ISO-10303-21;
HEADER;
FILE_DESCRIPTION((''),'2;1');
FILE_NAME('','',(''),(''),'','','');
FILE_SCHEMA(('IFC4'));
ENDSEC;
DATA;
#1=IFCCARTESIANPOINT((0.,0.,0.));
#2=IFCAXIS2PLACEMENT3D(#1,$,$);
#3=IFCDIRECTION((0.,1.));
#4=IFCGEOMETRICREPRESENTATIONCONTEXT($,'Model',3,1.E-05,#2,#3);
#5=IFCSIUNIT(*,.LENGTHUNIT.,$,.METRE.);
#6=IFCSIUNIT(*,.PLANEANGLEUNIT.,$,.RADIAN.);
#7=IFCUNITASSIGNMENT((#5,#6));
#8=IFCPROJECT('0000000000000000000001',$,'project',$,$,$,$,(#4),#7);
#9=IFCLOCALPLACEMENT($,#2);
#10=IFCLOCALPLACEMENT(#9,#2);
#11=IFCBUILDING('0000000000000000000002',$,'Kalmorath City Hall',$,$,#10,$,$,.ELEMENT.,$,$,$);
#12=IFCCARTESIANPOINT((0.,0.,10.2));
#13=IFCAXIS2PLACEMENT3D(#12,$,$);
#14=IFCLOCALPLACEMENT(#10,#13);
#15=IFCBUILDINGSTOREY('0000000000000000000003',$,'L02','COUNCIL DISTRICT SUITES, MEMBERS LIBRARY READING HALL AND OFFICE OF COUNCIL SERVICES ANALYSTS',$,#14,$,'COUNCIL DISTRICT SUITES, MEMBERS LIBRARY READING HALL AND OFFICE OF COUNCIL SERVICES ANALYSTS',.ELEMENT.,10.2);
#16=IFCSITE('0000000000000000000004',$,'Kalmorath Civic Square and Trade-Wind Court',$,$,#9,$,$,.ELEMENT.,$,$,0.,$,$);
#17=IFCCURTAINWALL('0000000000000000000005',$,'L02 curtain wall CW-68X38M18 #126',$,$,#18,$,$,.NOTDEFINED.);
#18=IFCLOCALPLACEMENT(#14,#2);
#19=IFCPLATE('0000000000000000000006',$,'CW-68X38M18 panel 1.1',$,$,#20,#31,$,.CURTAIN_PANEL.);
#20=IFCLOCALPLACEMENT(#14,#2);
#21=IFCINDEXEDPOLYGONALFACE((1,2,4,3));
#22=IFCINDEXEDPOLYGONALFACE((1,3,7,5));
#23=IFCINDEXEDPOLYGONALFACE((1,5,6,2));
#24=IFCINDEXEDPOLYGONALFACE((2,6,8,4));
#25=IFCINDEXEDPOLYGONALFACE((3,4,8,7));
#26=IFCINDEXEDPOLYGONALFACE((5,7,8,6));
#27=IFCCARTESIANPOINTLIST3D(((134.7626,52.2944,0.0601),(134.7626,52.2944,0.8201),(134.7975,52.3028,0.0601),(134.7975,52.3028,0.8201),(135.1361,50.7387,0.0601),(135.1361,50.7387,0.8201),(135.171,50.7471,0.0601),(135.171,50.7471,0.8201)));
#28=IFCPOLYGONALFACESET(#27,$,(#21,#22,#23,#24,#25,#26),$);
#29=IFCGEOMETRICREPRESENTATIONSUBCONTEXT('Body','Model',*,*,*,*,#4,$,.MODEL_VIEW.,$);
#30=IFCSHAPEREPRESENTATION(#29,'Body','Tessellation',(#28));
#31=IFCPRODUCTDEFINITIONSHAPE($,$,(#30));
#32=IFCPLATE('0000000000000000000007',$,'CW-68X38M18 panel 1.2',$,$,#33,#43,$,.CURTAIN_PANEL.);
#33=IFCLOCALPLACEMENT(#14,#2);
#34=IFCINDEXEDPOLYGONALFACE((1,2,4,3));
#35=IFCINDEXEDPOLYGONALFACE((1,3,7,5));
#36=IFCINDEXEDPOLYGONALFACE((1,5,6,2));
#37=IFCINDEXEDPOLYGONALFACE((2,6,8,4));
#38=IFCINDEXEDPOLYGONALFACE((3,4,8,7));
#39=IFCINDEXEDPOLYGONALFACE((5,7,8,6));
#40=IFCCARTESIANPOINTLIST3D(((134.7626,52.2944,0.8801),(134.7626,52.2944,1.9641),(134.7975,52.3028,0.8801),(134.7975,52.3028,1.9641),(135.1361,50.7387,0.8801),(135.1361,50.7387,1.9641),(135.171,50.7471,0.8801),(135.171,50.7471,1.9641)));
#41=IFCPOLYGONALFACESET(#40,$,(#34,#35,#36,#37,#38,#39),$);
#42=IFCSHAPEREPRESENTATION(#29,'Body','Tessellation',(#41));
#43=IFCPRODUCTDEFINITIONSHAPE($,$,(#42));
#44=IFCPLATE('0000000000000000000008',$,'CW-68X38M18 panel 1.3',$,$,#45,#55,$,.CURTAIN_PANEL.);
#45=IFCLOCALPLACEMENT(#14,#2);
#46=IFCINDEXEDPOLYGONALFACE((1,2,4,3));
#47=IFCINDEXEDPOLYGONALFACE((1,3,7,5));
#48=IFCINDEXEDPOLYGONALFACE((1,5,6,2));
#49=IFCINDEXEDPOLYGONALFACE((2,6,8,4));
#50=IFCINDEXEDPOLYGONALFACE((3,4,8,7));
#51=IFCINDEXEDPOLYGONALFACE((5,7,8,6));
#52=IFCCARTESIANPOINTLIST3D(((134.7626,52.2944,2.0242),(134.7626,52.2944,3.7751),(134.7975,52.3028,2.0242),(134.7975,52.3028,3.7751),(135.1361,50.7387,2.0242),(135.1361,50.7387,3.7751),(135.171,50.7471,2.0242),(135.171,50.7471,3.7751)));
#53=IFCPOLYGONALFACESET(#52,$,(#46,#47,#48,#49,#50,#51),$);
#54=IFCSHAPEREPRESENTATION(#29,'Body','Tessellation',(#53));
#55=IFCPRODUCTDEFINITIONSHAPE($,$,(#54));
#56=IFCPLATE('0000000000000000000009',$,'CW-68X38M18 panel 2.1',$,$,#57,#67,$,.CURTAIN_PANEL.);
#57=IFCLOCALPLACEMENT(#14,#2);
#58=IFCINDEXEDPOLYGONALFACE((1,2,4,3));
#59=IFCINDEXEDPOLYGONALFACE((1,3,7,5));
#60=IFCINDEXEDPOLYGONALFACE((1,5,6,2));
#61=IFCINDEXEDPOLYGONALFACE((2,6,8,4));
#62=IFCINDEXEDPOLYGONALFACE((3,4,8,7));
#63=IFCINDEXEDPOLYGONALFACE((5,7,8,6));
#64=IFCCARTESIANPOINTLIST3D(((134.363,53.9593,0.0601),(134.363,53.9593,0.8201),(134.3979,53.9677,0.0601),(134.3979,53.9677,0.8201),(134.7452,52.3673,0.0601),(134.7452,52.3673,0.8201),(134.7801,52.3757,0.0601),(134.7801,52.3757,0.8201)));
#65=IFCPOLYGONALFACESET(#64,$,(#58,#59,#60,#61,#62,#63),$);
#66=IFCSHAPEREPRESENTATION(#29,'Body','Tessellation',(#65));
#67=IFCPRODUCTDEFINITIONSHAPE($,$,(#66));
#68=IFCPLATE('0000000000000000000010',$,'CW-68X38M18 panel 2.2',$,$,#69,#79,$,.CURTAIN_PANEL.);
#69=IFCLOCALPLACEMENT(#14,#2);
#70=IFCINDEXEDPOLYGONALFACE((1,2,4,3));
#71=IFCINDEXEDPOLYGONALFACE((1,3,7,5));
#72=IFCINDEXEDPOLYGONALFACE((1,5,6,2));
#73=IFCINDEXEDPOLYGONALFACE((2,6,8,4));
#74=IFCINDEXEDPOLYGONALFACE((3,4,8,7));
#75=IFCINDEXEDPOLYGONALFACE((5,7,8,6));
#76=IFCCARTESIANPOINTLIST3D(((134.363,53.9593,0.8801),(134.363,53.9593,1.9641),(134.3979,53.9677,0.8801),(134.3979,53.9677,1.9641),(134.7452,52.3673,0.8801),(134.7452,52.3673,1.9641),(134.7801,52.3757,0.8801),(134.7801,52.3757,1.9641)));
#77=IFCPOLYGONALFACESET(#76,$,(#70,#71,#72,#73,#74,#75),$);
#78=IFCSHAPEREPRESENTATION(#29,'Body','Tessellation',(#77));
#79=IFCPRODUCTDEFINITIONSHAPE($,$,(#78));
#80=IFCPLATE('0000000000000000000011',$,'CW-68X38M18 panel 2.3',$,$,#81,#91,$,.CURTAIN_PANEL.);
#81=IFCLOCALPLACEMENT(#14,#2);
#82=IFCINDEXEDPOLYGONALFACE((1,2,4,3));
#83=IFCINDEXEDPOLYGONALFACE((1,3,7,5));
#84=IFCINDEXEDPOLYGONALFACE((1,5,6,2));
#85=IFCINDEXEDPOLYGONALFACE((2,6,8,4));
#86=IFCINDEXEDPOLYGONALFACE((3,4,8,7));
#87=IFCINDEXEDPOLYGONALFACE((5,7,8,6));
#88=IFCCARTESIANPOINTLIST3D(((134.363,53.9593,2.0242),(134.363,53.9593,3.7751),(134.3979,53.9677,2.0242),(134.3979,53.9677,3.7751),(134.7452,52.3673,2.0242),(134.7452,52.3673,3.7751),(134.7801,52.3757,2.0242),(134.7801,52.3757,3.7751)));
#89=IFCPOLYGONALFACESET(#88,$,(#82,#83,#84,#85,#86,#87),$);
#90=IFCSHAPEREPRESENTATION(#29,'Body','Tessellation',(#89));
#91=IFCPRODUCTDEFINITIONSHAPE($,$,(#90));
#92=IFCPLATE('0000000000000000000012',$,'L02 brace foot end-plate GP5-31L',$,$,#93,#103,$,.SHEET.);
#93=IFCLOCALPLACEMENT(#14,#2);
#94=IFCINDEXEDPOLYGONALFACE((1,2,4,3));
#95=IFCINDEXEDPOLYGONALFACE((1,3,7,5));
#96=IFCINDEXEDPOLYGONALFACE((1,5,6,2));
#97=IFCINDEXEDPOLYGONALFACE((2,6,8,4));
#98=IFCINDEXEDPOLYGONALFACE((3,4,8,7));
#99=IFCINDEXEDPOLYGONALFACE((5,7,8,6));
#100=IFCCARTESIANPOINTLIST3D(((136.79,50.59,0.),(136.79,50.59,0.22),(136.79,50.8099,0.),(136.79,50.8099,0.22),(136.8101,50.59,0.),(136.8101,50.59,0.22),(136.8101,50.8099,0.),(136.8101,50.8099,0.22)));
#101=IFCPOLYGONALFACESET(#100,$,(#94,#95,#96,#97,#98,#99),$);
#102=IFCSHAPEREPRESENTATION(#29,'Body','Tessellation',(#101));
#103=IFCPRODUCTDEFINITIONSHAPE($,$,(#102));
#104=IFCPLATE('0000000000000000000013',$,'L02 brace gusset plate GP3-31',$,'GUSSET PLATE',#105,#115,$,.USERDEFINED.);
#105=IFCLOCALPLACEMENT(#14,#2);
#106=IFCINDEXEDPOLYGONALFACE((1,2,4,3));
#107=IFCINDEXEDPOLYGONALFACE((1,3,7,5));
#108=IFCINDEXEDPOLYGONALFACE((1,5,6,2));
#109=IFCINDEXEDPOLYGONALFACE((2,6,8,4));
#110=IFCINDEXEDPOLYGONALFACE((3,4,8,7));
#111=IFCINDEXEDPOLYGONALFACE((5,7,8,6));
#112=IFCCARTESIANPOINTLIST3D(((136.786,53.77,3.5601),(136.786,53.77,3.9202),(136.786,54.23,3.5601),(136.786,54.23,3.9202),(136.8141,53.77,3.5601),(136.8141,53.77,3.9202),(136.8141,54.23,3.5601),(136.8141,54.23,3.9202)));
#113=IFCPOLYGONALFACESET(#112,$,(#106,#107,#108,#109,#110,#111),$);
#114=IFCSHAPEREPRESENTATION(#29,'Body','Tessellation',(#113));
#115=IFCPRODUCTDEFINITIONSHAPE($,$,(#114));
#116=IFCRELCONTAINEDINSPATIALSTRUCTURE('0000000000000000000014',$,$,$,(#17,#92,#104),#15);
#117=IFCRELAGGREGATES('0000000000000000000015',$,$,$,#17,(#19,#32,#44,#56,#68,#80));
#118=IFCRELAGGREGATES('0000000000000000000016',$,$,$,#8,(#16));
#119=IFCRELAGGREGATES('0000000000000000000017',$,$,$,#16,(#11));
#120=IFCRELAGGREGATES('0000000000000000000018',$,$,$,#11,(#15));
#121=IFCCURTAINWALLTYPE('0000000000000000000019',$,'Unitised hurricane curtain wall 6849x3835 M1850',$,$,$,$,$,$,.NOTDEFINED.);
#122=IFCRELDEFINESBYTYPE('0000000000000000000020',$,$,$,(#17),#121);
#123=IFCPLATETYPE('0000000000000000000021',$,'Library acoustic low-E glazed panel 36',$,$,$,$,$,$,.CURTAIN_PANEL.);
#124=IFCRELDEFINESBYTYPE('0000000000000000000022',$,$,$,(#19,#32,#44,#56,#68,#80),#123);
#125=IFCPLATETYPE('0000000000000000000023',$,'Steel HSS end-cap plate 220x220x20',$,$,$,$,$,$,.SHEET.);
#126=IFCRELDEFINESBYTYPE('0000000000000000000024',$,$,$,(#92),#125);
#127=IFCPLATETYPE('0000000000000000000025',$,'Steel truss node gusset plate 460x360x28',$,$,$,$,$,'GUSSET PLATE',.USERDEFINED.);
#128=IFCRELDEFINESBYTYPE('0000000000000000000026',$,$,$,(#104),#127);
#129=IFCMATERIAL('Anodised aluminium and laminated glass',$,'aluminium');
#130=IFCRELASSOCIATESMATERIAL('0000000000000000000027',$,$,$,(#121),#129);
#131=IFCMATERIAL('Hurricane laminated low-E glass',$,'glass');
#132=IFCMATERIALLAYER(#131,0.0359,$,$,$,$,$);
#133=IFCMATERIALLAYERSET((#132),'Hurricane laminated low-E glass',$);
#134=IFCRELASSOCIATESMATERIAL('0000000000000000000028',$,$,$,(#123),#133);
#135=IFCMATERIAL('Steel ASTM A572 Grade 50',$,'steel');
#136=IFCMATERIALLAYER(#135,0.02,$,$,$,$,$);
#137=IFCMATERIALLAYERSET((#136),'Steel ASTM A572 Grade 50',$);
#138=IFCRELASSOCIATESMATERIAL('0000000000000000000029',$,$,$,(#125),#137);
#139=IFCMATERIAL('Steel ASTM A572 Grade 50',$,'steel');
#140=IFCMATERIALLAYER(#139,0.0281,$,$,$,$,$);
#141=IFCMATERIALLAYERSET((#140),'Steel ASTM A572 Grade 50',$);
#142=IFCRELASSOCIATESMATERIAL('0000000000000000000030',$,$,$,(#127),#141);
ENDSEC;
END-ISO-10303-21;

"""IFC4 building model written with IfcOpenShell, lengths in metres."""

from ifc_helpers import new_model, si_unit, direction, frame, origin, origin_2d, place, context, subcontext, project, spatial, rectangle, extrude, material, layer, layer_set, type_object, element, aggregate, save


model = new_model("IFC4")

# Units and contexts
model_context = context("Model", 3, precision=1e-05, world=origin(), true_north=direction((0.0, 1.0)))
body_context = subcontext(model_context, "Body", "Model", "MODEL_VIEW")
ifc_project = project(units=[si_unit("LENGTHUNIT", "METRE"), si_unit("PLANEANGLEUNIT", "RADIAN")], contexts=[model_context])

# Site, building, storey
site_placement = place(None, origin())
site = spatial("IfcSite", under=ifc_project, at=site_placement, Name="Kalmorath Civic Square and Trade-Wind Court", CompositionType="ELEMENT", RefElevation=0.0)
building_placement = place(site_placement, origin())
building = spatial("IfcBuilding", under=site, at=building_placement, Name="Kalmorath City Hall", CompositionType="ELEMENT")
storey_placement = place(building_placement, frame((0.0, 0.0, 10.2)))
storey = spatial("IfcBuildingStorey", under=building, at=storey_placement, Name="L02", Description="COUNCIL DISTRICT SUITES, MEMBERS LIBRARY READING HALL AND OFFICE OF COUNCIL SERVICES ANALYSTS", LongName="COUNCIL DISTRICT SUITES, MEMBERS LIBRARY READING HALL AND OFFICE OF COUNCIL SERVICES ANALYSTS", CompositionType="ELEMENT", Elevation=10.2)

# Curtain wall
ifc_material_1 = material(Name="Anodised aluminium and laminated glass", Category="aluminium")
curtain_wall_type = type_object("IfcCurtainWallType", Name="Unitised hurricane curtain wall 6849x3835 M1850", PredefinedType="NOTDEFINED", material=ifc_material_1)
curtain_wall_1_placement = place(storey_placement, origin())
curtain_wall_1 = element("IfcCurtainWall", 1, at=curtain_wall_1_placement, inside=storey, type_object=curtain_wall_type, Name="L02 curtain wall CW-68X38M18 #126", PredefinedType="NOTDEFINED")

# Plates
ifc_material_2 = material(Name="Hurricane laminated low-E glass", Category="glass")
ifc_layer_1 = layer(ifc_material_2, 0.0359)
ifc_layer_set_1 = layer_set([ifc_layer_1], Name="Hurricane laminated low-E glass")
plate_type_1 = type_object("IfcPlateType", Name="Library acoustic low-E glazed panel 36", PredefinedType="CURTAIN_PANEL", material=ifc_layer_set_1)
plate_1_placement = place(storey_placement, frame((134.9668, 51.5208, 0.0601), z_axis=(0.0, 0.0, 1.0), x_axis=(-0.233456, 0.972367, 0.0)))
plate_1 = element("IfcPlate", 2, at=plate_1_placement, type_object=plate_type_1, Name="CW-68X38M18 panel 1.1", PredefinedType="CURTAIN_PANEL", context=body_context, shape_type="SweptSolid", body=[
    extrude(rectangle(XDim=1.5999, YDim=0.0359, at=origin_2d()), origin(), (0.0, 0.0, 1.0), 0.76),
])
plate_2_placement = place(storey_placement, frame((134.9668, 51.5208, 0.8801), z_axis=(0.0, 0.0, 1.0), x_axis=(-0.233456, 0.972367, 0.0)))
plate_2 = element("IfcPlate", 3, at=plate_2_placement, type_object=plate_type_1, Name="CW-68X38M18 panel 1.2", PredefinedType="CURTAIN_PANEL", context=body_context, shape_type="SweptSolid", body=[
    extrude(rectangle(XDim=1.5999, YDim=0.0359, at=origin_2d()), origin(), (0.0, 0.0, 1.0), 1.084),
])
plate_3_placement = place(storey_placement, frame((134.9668, 51.5208, 2.0242), z_axis=(0.0, 0.0, 1.0), x_axis=(-0.233456, 0.972367, 0.0)))
plate_3 = element("IfcPlate", 4, at=plate_3_placement, type_object=plate_type_1, Name="CW-68X38M18 panel 1.3", PredefinedType="CURTAIN_PANEL", context=body_context, shape_type="SweptSolid", body=[
    extrude(rectangle(XDim=1.5999, YDim=0.0359, at=origin_2d()), origin(), (0.0, 0.0, 1.0), 1.751),
])
plate_4_placement = place(storey_placement, frame((134.5715, 53.1675, 0.0601), z_axis=(0.0, 0.0, 1.0), x_axis=(-0.233456, 0.972367, 0.0)))
plate_4 = element("IfcPlate", 5, at=plate_4_placement, type_object=plate_type_1, Name="CW-68X38M18 panel 2.1", PredefinedType="CURTAIN_PANEL", context=body_context, shape_type="SweptSolid", body=[
    extrude(rectangle(XDim=1.6372, YDim=0.0359, at=origin_2d()), origin(), (0.0, 0.0, 1.0), 0.76),
])
plate_5_placement = place(storey_placement, frame((134.5715, 53.1675, 0.8801), z_axis=(0.0, 0.0, 1.0), x_axis=(-0.233456, 0.972367, 0.0)))
plate_5 = element("IfcPlate", 6, at=plate_5_placement, type_object=plate_type_1, Name="CW-68X38M18 panel 2.2", PredefinedType="CURTAIN_PANEL", context=body_context, shape_type="SweptSolid", body=[
    extrude(rectangle(XDim=1.6372, YDim=0.0359, at=origin_2d()), origin(), (0.0, 0.0, 1.0), 1.084),
])
plate_6_placement = place(storey_placement, frame((134.5715, 53.1675, 2.0242), z_axis=(0.0, 0.0, 1.0), x_axis=(-0.233456, 0.972367, 0.0)))
plate_6 = element("IfcPlate", 7, at=plate_6_placement, type_object=plate_type_1, Name="CW-68X38M18 panel 2.3", PredefinedType="CURTAIN_PANEL", context=body_context, shape_type="SweptSolid", body=[
    extrude(rectangle(XDim=1.6372, YDim=0.0359, at=origin_2d()), origin(), (0.0, 0.0, 1.0), 1.751),
])
aggregate(curtain_wall_1, [plate_1, plate_2, plate_3, plate_4, plate_5, plate_6])

# Plates
ifc_material_3 = material(Name="Steel ASTM A572 Grade 50", Category="steel")
ifc_layer_2 = layer(ifc_material_3, 0.02)
ifc_layer_set_2 = layer_set([ifc_layer_2], Name="Steel ASTM A572 Grade 50")
plate_type_2 = type_object("IfcPlateType", Name="Steel HSS end-cap plate 220x220x20", PredefinedType="SHEET", material=ifc_layer_set_2)
plate_7_placement = place(storey_placement, frame((136.8, 50.7, 0.0), z_axis=(0.0, 0.0, 1.0), x_axis=(0.0, 1.0, 0.0)))
element("IfcPlate", 8, at=plate_7_placement, inside=storey, type_object=plate_type_2, Name="L02 brace foot end-plate GP5-31L", PredefinedType="SHEET", context=body_context, shape_type="SweptSolid", body=[
    extrude(rectangle(XDim=0.22, YDim=0.02, at=origin_2d()), origin(), (0.0, 0.0, 1.0), 0.22),
])
ifc_material_4 = material(Name="Steel ASTM A572 Grade 50", Category="steel")
ifc_layer_3 = layer(ifc_material_4, 0.0281)
ifc_layer_set_3 = layer_set([ifc_layer_3], Name="Steel ASTM A572 Grade 50")
plate_type_3 = type_object("IfcPlateType", Name="Steel truss node gusset plate 460x360x28", ElementType="GUSSET PLATE", PredefinedType="USERDEFINED", material=ifc_layer_set_3)
plate_8_placement = place(storey_placement, frame((136.8, 54.0, 3.5601), z_axis=(0.0, 0.0, 1.0), x_axis=(0.0, 1.0, 0.0)))
element("IfcPlate", 9, at=plate_8_placement, inside=storey, type_object=plate_type_3, Name="L02 brace gusset plate GP3-31", ObjectType="GUSSET PLATE", PredefinedType="USERDEFINED", context=body_context, shape_type="SweptSolid", body=[
    extrude(rectangle(XDim=0.46, YDim=0.0281, at=origin_2d()), origin(), (0.0, 0.0, 1.0), 0.3601),
])

save(model, "model.ifc")
